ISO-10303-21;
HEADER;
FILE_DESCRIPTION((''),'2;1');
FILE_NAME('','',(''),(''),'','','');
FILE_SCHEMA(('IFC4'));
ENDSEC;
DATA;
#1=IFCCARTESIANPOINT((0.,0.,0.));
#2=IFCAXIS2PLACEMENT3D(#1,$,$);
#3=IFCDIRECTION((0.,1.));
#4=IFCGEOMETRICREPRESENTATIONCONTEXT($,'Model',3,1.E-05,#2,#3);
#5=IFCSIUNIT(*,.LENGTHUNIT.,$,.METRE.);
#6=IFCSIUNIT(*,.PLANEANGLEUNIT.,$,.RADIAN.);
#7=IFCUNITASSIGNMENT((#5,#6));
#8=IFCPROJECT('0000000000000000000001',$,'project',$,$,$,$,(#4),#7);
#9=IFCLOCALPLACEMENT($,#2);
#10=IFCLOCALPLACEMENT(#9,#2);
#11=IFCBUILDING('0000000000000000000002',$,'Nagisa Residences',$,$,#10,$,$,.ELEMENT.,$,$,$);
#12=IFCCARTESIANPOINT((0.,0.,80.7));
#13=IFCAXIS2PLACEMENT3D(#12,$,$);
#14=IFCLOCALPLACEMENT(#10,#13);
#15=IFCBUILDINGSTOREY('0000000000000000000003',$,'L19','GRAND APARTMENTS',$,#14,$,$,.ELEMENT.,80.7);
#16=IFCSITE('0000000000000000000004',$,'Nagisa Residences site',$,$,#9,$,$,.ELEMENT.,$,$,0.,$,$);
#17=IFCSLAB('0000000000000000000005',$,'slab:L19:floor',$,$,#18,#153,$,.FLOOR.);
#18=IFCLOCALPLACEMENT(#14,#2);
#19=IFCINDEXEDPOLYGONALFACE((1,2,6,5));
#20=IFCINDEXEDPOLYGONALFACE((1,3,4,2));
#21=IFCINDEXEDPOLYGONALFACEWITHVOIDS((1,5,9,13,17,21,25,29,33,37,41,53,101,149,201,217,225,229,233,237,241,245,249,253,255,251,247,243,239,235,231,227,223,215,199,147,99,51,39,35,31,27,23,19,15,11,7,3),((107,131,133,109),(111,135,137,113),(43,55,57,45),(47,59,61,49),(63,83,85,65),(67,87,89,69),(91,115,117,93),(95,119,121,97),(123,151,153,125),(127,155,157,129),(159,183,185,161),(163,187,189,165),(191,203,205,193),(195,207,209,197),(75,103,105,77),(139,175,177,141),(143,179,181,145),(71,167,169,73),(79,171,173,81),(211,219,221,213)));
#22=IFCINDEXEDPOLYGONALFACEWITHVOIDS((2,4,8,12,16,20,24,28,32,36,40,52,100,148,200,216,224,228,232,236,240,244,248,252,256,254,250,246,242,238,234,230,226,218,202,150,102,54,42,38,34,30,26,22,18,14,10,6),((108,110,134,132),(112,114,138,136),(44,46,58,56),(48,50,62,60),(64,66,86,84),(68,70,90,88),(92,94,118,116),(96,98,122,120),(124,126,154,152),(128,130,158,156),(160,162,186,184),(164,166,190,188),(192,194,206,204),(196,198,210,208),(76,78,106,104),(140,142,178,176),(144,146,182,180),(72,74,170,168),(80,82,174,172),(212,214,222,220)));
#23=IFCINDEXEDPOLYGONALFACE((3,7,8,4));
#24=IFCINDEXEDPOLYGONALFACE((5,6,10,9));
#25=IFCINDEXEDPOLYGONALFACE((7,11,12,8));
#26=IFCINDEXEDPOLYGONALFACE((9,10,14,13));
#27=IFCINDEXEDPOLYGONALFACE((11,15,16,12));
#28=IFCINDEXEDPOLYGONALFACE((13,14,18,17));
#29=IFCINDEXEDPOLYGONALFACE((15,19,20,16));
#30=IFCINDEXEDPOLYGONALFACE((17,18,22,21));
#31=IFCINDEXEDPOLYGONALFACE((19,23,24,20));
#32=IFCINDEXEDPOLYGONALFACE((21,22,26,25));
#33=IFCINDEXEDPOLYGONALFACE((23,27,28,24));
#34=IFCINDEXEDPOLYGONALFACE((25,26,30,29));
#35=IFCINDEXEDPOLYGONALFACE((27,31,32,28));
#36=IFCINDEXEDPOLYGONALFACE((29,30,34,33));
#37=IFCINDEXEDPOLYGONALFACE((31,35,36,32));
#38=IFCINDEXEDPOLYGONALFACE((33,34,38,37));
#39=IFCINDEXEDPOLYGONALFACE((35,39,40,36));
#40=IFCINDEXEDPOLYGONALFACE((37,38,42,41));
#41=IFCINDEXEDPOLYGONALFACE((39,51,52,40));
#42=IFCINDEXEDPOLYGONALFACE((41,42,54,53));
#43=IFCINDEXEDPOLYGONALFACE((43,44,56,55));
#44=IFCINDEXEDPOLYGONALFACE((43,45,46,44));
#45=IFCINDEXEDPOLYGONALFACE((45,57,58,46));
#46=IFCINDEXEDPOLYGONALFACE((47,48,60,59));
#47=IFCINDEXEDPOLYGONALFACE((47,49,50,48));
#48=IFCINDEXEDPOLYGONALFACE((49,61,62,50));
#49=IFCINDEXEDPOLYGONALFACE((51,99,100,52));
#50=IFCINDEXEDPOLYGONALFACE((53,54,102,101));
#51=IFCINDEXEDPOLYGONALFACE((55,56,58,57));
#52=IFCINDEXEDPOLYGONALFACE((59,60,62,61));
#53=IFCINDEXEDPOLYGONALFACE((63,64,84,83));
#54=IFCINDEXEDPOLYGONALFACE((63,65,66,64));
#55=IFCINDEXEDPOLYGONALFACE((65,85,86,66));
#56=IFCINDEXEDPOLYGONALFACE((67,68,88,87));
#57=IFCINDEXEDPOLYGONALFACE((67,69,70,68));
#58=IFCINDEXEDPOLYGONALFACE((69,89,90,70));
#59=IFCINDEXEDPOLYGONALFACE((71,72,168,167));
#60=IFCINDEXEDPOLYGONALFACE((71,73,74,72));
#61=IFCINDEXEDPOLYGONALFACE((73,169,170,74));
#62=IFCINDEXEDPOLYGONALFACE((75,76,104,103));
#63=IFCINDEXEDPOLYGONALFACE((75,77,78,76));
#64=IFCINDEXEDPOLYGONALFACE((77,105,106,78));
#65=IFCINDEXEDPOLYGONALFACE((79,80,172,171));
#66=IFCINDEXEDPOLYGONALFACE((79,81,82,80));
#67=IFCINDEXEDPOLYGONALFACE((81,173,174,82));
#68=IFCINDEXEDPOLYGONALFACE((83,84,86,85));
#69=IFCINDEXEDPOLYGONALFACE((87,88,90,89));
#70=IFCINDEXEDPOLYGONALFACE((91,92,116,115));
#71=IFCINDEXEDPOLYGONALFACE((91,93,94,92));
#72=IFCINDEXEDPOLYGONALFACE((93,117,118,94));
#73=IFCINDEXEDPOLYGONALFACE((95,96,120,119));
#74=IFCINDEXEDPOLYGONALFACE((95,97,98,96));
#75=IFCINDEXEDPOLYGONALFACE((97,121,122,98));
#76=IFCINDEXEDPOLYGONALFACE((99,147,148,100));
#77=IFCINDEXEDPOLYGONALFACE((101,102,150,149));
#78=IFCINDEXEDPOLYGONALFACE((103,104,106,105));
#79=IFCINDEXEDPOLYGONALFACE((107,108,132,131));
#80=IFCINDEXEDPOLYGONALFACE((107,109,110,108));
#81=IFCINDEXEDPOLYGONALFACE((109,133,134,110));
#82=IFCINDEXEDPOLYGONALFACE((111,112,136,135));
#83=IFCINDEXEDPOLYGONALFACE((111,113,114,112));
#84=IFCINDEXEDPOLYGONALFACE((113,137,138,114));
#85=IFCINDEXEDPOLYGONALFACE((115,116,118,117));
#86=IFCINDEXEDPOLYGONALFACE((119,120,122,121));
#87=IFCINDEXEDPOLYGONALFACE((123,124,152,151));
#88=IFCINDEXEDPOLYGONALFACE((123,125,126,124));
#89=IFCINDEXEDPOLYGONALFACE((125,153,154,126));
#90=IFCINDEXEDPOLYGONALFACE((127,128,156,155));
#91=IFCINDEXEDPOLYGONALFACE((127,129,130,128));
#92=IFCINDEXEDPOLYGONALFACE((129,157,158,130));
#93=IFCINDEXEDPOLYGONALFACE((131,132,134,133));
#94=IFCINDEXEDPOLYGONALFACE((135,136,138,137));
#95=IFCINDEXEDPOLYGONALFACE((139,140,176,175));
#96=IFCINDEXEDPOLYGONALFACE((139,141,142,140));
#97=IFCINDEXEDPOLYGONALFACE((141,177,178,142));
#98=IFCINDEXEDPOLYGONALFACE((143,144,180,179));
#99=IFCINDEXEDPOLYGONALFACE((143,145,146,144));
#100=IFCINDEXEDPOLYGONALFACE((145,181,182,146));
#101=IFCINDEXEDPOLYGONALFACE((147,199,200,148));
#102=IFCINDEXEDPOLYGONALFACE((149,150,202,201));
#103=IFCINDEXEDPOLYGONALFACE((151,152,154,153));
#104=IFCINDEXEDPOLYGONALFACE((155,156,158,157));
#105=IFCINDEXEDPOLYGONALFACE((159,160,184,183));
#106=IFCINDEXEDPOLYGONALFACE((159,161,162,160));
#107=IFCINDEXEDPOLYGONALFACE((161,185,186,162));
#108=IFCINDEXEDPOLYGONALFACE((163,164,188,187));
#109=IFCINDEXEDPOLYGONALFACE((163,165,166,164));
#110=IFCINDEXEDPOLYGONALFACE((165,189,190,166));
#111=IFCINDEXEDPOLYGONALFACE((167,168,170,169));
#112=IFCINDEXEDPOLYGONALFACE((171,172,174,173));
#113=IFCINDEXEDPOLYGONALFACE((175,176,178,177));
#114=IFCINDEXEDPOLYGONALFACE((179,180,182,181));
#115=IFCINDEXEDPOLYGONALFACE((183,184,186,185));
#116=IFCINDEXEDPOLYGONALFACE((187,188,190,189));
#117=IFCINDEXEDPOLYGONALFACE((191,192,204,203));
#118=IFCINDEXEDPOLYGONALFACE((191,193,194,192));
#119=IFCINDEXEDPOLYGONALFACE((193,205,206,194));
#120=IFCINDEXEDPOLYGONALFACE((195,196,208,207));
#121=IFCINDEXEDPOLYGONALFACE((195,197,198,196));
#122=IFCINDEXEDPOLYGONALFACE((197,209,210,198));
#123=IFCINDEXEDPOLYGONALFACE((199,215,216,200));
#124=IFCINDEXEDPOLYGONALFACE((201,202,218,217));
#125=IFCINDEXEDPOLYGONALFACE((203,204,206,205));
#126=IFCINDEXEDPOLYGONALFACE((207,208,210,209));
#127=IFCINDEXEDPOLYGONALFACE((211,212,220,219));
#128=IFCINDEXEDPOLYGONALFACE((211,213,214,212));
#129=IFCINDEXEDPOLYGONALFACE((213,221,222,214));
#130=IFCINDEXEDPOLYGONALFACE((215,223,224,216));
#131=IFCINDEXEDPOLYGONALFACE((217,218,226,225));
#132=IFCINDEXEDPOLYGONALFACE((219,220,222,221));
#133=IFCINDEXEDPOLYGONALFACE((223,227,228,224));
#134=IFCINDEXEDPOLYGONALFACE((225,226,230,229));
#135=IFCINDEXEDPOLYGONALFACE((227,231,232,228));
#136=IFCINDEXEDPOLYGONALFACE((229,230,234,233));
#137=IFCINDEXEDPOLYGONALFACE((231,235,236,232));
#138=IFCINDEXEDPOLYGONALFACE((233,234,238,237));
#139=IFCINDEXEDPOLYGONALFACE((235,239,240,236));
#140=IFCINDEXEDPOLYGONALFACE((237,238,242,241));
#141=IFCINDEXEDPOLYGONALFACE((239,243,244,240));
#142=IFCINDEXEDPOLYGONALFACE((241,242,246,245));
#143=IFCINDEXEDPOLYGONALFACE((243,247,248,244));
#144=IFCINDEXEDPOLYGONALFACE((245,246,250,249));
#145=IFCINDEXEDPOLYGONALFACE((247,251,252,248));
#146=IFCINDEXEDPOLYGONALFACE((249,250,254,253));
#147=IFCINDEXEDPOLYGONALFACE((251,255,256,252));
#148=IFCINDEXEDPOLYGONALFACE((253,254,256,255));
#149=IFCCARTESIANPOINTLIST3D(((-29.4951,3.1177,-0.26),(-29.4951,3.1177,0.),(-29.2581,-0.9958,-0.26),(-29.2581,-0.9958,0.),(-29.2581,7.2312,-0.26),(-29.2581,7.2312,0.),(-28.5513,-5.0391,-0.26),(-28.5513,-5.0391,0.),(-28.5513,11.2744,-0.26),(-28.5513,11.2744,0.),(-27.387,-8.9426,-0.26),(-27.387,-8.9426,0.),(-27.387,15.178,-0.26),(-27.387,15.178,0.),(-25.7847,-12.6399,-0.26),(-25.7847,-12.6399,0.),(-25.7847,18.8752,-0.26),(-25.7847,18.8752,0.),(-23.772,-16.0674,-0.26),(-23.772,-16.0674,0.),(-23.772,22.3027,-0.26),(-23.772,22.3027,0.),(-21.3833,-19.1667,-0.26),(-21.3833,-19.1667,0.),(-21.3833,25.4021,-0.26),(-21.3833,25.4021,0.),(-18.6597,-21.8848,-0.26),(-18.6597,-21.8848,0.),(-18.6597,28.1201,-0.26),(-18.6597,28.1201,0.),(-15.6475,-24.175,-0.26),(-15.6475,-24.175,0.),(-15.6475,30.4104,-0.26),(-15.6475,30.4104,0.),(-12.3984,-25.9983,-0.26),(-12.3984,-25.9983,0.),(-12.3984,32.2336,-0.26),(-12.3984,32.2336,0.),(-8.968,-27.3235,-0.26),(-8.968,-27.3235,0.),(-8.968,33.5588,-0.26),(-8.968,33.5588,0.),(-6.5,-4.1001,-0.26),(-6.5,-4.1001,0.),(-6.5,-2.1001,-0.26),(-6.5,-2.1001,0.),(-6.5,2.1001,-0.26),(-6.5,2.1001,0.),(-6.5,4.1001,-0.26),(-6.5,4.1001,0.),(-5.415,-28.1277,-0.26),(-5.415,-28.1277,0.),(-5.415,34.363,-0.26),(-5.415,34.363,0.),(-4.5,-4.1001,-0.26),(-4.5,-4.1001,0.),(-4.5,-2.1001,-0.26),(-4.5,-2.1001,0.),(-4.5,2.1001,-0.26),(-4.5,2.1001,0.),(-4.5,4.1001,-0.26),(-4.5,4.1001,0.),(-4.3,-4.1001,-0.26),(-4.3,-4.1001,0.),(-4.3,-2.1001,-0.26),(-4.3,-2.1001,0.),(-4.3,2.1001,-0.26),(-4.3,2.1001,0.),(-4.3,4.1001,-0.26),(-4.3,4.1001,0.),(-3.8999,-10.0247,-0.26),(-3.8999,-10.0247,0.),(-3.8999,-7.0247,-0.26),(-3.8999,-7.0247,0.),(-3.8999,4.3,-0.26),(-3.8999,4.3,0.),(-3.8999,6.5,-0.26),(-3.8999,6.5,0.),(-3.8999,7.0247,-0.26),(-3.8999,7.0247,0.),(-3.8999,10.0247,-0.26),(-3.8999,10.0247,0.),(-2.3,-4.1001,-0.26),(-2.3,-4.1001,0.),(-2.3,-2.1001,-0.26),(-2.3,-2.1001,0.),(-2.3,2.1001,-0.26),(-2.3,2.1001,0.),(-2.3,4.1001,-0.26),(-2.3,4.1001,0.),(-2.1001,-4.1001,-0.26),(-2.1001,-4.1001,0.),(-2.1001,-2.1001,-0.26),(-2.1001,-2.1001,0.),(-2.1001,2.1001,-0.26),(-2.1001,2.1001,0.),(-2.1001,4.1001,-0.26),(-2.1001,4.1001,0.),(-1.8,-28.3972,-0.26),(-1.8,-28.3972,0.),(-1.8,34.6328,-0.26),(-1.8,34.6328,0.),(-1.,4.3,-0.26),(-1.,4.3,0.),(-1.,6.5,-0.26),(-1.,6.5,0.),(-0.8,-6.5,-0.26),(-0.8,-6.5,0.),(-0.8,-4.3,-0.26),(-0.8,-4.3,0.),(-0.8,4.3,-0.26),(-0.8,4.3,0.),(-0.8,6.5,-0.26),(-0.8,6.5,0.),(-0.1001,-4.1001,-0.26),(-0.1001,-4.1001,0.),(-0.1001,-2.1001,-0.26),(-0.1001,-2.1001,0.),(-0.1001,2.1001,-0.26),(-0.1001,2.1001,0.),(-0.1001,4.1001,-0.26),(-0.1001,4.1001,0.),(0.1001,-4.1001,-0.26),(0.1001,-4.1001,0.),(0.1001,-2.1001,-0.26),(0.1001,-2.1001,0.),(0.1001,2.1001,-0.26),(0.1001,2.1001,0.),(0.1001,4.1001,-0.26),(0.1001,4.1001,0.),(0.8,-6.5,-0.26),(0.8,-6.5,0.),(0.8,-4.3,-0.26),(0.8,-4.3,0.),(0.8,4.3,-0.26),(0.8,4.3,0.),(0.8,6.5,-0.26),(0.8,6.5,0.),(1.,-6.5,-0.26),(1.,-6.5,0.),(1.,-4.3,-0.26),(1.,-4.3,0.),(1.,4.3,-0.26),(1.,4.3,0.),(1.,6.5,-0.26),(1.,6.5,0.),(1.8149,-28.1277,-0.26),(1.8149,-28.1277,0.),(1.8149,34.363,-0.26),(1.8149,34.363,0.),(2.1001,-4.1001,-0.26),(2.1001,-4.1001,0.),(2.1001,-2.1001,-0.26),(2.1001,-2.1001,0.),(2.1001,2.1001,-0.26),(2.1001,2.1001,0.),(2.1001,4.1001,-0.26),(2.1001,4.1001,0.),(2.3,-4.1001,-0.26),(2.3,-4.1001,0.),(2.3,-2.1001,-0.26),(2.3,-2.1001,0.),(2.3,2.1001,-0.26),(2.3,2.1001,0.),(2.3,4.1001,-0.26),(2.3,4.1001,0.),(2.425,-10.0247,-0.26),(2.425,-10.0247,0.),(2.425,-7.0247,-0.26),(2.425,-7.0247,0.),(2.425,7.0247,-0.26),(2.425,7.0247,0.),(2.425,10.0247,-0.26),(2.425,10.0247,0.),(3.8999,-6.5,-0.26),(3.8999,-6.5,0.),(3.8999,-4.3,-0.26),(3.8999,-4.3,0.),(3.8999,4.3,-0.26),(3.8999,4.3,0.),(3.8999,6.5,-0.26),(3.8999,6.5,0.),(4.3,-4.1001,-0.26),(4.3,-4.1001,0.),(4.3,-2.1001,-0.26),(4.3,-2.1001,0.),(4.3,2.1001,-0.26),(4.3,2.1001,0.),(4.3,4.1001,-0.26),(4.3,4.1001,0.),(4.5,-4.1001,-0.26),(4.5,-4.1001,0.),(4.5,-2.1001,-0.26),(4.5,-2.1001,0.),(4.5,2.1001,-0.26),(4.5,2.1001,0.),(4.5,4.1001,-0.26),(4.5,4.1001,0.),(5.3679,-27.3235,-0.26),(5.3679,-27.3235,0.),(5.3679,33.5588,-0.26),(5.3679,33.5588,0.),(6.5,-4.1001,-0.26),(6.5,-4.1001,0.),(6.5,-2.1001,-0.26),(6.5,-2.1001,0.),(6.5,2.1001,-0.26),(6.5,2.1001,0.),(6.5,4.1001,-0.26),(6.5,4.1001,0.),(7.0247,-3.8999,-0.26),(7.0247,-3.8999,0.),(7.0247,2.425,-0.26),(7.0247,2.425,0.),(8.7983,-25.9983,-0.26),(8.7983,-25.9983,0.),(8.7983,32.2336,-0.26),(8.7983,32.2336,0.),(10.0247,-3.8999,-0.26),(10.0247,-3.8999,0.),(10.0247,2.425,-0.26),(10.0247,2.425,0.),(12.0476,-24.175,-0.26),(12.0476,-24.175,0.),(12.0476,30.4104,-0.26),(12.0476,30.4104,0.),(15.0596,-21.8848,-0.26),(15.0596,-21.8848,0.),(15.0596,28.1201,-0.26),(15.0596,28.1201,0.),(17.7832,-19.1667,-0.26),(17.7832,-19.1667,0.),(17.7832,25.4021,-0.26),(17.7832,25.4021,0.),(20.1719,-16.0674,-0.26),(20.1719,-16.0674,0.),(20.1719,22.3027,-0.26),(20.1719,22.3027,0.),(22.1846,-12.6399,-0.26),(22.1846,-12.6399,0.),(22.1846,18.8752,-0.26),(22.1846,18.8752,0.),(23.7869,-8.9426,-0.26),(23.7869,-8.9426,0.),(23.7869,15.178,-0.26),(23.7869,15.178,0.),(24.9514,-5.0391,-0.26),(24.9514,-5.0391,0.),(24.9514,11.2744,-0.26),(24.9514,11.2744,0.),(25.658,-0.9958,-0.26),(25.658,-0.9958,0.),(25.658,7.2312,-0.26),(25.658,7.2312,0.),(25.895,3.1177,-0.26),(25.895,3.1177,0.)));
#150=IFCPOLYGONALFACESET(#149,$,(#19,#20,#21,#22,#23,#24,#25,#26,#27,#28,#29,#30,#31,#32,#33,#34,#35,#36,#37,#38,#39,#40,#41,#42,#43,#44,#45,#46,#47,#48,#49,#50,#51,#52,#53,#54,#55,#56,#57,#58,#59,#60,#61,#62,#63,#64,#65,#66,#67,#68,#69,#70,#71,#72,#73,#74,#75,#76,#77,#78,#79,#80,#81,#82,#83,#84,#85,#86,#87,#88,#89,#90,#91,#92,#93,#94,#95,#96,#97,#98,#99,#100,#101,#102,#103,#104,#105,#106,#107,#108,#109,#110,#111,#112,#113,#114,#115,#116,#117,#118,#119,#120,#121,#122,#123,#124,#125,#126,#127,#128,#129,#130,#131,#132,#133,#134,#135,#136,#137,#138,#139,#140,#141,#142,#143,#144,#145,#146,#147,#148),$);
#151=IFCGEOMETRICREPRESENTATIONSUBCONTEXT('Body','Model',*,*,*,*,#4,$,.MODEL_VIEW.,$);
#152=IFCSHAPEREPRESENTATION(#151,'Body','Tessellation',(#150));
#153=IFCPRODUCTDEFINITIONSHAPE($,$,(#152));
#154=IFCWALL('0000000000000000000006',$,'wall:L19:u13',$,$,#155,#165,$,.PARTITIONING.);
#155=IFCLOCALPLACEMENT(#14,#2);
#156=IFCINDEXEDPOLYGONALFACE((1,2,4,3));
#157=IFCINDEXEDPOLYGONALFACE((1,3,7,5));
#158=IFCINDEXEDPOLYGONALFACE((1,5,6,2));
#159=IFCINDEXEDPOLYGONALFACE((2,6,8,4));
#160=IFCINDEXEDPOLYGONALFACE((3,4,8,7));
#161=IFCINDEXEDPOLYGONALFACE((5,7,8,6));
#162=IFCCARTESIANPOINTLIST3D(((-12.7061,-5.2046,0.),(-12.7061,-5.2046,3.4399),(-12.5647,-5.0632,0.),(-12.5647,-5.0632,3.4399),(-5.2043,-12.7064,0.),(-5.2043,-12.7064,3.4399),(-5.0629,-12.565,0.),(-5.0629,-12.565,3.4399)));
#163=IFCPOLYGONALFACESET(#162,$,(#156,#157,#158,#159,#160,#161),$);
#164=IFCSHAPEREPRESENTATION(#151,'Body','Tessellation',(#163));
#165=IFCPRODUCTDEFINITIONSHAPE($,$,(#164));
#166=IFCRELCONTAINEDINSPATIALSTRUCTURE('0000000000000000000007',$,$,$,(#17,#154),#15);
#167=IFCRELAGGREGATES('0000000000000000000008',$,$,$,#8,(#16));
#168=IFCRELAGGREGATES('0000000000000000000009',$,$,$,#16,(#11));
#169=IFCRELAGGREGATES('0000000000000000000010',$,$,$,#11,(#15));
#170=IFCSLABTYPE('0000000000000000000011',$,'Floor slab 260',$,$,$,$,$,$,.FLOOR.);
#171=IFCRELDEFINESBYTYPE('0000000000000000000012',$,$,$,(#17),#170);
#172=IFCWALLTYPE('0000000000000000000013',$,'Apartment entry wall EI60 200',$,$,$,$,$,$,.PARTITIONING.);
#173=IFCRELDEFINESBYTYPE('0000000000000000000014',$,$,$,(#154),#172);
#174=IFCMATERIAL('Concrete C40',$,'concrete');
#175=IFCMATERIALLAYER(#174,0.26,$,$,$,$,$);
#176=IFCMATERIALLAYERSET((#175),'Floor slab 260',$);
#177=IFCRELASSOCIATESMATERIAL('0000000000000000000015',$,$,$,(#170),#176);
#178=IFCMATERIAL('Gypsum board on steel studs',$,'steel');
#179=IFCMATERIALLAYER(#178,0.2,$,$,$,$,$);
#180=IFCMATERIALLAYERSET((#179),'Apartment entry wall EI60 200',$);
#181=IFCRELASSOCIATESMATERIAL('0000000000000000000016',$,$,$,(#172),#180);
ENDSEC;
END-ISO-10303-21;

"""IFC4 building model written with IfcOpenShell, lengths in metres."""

from ifc_helpers import new_model, si_unit, direction, frame, frame_2d, origin, place, context, subcontext, project, spatial, polyline, rectangle, outline, extrude, material, layer, layer_set, type_object, element, save


model = new_model("IFC4")

# Units and contexts
model_context = context("Model", 3, precision=1e-05, world=origin(), true_north=direction((0.0, 1.0)))
body_context = subcontext(model_context, "Body", "Model", "MODEL_VIEW")
ifc_project = project(units=[si_unit("LENGTHUNIT", "METRE"), si_unit("PLANEANGLEUNIT", "RADIAN")], contexts=[model_context])

# Site, building, storey
site_placement = place(None, origin())
site = spatial("IfcSite", under=ifc_project, at=site_placement, Name="Nagisa Residences site", CompositionType="ELEMENT", RefElevation=0.0)
building_placement = place(site_placement, origin())
building = spatial("IfcBuilding", under=site, at=building_placement, Name="Nagisa Residences", CompositionType="ELEMENT")
storey_placement = place(building_placement, frame((0.0, 0.0, 80.7)))
storey = spatial("IfcBuildingStorey", under=building, at=storey_placement, Name="L19", Description="GRAND APARTMENTS", CompositionType="ELEMENT", Elevation=80.7)

# Slab
ifc_material_1 = material(Name="Concrete C40", Category="concrete")
ifc_layer_1 = layer(ifc_material_1, 0.26)
ifc_layer_set_1 = layer_set([ifc_layer_1], Name="Floor slab 260")
slab_type_1 = type_object("IfcSlabType", Name="Floor slab 260", PredefinedType="FLOOR", material=ifc_layer_set_1)
slab_1_placement = place(storey_placement, frame((0.0, 0.0, -0.26)))
element("IfcSlab", 1, at=slab_1_placement, inside=storey, type_object=slab_type_1, Name="slab:L19:floor", PredefinedType="FLOOR", context=body_context, shape_type="SweptSolid", body=[
    extrude(outline(polyline([(25.895, 3.1177), (25.658, 7.2312), (24.9514, 11.2744), (23.7869, 15.178), (22.1846, 18.8752), (20.1719, 22.3027), (17.7832, 25.4021), (15.0596, 28.1201), (12.0476, 30.4104), (8.7983, 32.2336), (5.3679, 33.5588), (1.8149, 34.363), (-1.8, 34.6328), (-5.415, 34.363), (-8.968, 33.5588), (-12.3984, 32.2336), (-15.6475, 30.4104), (-18.6597, 28.1201), (-21.3833, 25.4021), (-23.772, 22.3027), (-25.7847, 18.8752), (-27.387, 15.178), (-28.5513, 11.2744), (-29.2581, 7.2312), (-29.4951, 3.1177), (-29.2581, -0.9958), (-28.5513, -5.0391), (-27.387, -8.9426), (-25.7847, -12.6399), (-23.772, -16.0674), (-21.3833, -19.1667), (-18.6597, -21.8848), (-15.6475, -24.175), (-12.3984, -25.9983), (-8.968, -27.3235), (-5.415, -28.1277), (-1.8, -28.3972), (1.8149, -28.1277), (5.3679, -27.3235), (8.7983, -25.9983), (12.0476, -24.175), (15.0596, -21.8848), (17.7832, -19.1667), (20.1719, -16.0674), (22.1846, -12.6399), (23.7869, -8.9426), (24.9514, -5.0391), (25.658, -0.9958), (25.895, 3.1177)]), holes=[polyline([(-4.5, 2.1001), (-4.5, 4.1001), (-6.5, 4.1001), (-6.5, 2.1001), (-4.5, 2.1001)]), polyline([(-2.3, 2.1001), (-2.3, 4.1001), (-4.3, 4.1001), (-4.3, 2.1001), (-2.3, 2.1001)]), polyline([(-0.1001, 2.1001), (-0.1001, 4.1001), (-2.1001, 4.1001), (-2.1001, 2.1001), (-0.1001, 2.1001)]), polyline([(2.1001, 2.1001), (2.1001, 4.1001), (0.1001, 4.1001), (0.1001, 2.1001), (2.1001, 2.1001)]), polyline([(4.3, 2.1001), (4.3, 4.1001), (2.3, 4.1001), (2.3, 2.1001), (4.3, 2.1001)]), polyline([(6.5, 2.1001), (6.5, 4.1001), (4.5, 4.1001), (4.5, 2.1001), (6.5, 2.1001)]), polyline([(-4.5, -4.1001), (-4.5, -2.1001), (-6.5, -2.1001), (-6.5, -4.1001), (-4.5, -4.1001)]), polyline([(-2.3, -4.1001), (-2.3, -2.1001), (-4.3, -2.1001), (-4.3, -4.1001), (-2.3, -4.1001)]), polyline([(-0.1001, -4.1001), (-0.1001, -2.1001), (-2.1001, -2.1001), (-2.1001, -4.1001), (-0.1001, -4.1001)]), polyline([(2.1001, -4.1001), (2.1001, -2.1001), (0.1001, -2.1001), (0.1001, -4.1001), (2.1001, -4.1001)]), polyline([(4.3, -4.1001), (4.3, -2.1001), (2.3, -2.1001), (2.3, -4.1001), (4.3, -4.1001)]), polyline([(6.5, -4.1001), (6.5, -2.1001), (4.5, -2.1001), (4.5, -4.1001), (6.5, -4.1001)]), polyline([(3.8999, 4.3), (3.8999, 6.5), (1.0, 6.5), (1.0, 4.3), (3.8999, 4.3)]), polyline([(3.8999, -6.5), (3.8999, -4.3), (1.0, -4.3), (1.0, -6.5), (3.8999, -6.5)]), polyline([(-1.0, 4.3), (-1.0, 6.5), (-3.8999, 6.5), (-3.8999, 4.3), (-1.0, 4.3)]), polyline([(0.8, 4.3), (0.8, 6.5), (-0.8, 6.5), (-0.8, 4.3), (0.8, 4.3)]), polyline([(0.8, -6.5), (0.8, -4.3), (-0.8, -4.3), (-0.8, -6.5), (0.8, -6.5)]), polyline([(10.0247, -3.8999), (7.0247, -3.8999), (7.0247, 2.425), (10.0247, 2.425), (10.0247, -3.8999)]), polyline([(-3.8999, 7.0247), (-3.8999, 10.0247), (2.425, 10.0247), (2.425, 7.0247), (-3.8999, 7.0247)]), polyline([(-3.8999, -10.0247), (-3.8999, -7.0247), (2.425, -7.0247), (2.425, -10.0247), (-3.8999, -10.0247)])]), origin(), (0.0, 0.0, 1.0), 0.26),
])

# Wall
ifc_material_2 = material(Name="Gypsum board on steel studs", Category="steel")
ifc_layer_2 = layer(ifc_material_2, 0.2)
ifc_layer_set_2 = layer_set([ifc_layer_2], Name="Apartment entry wall EI60 200")
wall_type_1 = type_object("IfcWallType", Name="Apartment entry wall EI60 200", PredefinedType="PARTITIONING", material=ifc_layer_set_2)
wall_1_placement = place(storey_placement, frame((-12.6355, -5.1338, 0.0), z_axis=(0.0, 0.0, 1.0), x_axis=(0.707107, -0.707107, 0.0)))
element("IfcWall", 2, at=wall_1_placement, inside=storey, type_object=wall_type_1, Name="wall:L19:u13", PredefinedType="PARTITIONING", context=body_context, shape_type="SweptSolid", body=[
    extrude(rectangle(XDim=10.6091, YDim=0.2, at=frame_2d((5.3047, 0.0))), origin(), (0.0, 0.0, 1.0), 3.4399),
])

save(model, "model.ifc")
